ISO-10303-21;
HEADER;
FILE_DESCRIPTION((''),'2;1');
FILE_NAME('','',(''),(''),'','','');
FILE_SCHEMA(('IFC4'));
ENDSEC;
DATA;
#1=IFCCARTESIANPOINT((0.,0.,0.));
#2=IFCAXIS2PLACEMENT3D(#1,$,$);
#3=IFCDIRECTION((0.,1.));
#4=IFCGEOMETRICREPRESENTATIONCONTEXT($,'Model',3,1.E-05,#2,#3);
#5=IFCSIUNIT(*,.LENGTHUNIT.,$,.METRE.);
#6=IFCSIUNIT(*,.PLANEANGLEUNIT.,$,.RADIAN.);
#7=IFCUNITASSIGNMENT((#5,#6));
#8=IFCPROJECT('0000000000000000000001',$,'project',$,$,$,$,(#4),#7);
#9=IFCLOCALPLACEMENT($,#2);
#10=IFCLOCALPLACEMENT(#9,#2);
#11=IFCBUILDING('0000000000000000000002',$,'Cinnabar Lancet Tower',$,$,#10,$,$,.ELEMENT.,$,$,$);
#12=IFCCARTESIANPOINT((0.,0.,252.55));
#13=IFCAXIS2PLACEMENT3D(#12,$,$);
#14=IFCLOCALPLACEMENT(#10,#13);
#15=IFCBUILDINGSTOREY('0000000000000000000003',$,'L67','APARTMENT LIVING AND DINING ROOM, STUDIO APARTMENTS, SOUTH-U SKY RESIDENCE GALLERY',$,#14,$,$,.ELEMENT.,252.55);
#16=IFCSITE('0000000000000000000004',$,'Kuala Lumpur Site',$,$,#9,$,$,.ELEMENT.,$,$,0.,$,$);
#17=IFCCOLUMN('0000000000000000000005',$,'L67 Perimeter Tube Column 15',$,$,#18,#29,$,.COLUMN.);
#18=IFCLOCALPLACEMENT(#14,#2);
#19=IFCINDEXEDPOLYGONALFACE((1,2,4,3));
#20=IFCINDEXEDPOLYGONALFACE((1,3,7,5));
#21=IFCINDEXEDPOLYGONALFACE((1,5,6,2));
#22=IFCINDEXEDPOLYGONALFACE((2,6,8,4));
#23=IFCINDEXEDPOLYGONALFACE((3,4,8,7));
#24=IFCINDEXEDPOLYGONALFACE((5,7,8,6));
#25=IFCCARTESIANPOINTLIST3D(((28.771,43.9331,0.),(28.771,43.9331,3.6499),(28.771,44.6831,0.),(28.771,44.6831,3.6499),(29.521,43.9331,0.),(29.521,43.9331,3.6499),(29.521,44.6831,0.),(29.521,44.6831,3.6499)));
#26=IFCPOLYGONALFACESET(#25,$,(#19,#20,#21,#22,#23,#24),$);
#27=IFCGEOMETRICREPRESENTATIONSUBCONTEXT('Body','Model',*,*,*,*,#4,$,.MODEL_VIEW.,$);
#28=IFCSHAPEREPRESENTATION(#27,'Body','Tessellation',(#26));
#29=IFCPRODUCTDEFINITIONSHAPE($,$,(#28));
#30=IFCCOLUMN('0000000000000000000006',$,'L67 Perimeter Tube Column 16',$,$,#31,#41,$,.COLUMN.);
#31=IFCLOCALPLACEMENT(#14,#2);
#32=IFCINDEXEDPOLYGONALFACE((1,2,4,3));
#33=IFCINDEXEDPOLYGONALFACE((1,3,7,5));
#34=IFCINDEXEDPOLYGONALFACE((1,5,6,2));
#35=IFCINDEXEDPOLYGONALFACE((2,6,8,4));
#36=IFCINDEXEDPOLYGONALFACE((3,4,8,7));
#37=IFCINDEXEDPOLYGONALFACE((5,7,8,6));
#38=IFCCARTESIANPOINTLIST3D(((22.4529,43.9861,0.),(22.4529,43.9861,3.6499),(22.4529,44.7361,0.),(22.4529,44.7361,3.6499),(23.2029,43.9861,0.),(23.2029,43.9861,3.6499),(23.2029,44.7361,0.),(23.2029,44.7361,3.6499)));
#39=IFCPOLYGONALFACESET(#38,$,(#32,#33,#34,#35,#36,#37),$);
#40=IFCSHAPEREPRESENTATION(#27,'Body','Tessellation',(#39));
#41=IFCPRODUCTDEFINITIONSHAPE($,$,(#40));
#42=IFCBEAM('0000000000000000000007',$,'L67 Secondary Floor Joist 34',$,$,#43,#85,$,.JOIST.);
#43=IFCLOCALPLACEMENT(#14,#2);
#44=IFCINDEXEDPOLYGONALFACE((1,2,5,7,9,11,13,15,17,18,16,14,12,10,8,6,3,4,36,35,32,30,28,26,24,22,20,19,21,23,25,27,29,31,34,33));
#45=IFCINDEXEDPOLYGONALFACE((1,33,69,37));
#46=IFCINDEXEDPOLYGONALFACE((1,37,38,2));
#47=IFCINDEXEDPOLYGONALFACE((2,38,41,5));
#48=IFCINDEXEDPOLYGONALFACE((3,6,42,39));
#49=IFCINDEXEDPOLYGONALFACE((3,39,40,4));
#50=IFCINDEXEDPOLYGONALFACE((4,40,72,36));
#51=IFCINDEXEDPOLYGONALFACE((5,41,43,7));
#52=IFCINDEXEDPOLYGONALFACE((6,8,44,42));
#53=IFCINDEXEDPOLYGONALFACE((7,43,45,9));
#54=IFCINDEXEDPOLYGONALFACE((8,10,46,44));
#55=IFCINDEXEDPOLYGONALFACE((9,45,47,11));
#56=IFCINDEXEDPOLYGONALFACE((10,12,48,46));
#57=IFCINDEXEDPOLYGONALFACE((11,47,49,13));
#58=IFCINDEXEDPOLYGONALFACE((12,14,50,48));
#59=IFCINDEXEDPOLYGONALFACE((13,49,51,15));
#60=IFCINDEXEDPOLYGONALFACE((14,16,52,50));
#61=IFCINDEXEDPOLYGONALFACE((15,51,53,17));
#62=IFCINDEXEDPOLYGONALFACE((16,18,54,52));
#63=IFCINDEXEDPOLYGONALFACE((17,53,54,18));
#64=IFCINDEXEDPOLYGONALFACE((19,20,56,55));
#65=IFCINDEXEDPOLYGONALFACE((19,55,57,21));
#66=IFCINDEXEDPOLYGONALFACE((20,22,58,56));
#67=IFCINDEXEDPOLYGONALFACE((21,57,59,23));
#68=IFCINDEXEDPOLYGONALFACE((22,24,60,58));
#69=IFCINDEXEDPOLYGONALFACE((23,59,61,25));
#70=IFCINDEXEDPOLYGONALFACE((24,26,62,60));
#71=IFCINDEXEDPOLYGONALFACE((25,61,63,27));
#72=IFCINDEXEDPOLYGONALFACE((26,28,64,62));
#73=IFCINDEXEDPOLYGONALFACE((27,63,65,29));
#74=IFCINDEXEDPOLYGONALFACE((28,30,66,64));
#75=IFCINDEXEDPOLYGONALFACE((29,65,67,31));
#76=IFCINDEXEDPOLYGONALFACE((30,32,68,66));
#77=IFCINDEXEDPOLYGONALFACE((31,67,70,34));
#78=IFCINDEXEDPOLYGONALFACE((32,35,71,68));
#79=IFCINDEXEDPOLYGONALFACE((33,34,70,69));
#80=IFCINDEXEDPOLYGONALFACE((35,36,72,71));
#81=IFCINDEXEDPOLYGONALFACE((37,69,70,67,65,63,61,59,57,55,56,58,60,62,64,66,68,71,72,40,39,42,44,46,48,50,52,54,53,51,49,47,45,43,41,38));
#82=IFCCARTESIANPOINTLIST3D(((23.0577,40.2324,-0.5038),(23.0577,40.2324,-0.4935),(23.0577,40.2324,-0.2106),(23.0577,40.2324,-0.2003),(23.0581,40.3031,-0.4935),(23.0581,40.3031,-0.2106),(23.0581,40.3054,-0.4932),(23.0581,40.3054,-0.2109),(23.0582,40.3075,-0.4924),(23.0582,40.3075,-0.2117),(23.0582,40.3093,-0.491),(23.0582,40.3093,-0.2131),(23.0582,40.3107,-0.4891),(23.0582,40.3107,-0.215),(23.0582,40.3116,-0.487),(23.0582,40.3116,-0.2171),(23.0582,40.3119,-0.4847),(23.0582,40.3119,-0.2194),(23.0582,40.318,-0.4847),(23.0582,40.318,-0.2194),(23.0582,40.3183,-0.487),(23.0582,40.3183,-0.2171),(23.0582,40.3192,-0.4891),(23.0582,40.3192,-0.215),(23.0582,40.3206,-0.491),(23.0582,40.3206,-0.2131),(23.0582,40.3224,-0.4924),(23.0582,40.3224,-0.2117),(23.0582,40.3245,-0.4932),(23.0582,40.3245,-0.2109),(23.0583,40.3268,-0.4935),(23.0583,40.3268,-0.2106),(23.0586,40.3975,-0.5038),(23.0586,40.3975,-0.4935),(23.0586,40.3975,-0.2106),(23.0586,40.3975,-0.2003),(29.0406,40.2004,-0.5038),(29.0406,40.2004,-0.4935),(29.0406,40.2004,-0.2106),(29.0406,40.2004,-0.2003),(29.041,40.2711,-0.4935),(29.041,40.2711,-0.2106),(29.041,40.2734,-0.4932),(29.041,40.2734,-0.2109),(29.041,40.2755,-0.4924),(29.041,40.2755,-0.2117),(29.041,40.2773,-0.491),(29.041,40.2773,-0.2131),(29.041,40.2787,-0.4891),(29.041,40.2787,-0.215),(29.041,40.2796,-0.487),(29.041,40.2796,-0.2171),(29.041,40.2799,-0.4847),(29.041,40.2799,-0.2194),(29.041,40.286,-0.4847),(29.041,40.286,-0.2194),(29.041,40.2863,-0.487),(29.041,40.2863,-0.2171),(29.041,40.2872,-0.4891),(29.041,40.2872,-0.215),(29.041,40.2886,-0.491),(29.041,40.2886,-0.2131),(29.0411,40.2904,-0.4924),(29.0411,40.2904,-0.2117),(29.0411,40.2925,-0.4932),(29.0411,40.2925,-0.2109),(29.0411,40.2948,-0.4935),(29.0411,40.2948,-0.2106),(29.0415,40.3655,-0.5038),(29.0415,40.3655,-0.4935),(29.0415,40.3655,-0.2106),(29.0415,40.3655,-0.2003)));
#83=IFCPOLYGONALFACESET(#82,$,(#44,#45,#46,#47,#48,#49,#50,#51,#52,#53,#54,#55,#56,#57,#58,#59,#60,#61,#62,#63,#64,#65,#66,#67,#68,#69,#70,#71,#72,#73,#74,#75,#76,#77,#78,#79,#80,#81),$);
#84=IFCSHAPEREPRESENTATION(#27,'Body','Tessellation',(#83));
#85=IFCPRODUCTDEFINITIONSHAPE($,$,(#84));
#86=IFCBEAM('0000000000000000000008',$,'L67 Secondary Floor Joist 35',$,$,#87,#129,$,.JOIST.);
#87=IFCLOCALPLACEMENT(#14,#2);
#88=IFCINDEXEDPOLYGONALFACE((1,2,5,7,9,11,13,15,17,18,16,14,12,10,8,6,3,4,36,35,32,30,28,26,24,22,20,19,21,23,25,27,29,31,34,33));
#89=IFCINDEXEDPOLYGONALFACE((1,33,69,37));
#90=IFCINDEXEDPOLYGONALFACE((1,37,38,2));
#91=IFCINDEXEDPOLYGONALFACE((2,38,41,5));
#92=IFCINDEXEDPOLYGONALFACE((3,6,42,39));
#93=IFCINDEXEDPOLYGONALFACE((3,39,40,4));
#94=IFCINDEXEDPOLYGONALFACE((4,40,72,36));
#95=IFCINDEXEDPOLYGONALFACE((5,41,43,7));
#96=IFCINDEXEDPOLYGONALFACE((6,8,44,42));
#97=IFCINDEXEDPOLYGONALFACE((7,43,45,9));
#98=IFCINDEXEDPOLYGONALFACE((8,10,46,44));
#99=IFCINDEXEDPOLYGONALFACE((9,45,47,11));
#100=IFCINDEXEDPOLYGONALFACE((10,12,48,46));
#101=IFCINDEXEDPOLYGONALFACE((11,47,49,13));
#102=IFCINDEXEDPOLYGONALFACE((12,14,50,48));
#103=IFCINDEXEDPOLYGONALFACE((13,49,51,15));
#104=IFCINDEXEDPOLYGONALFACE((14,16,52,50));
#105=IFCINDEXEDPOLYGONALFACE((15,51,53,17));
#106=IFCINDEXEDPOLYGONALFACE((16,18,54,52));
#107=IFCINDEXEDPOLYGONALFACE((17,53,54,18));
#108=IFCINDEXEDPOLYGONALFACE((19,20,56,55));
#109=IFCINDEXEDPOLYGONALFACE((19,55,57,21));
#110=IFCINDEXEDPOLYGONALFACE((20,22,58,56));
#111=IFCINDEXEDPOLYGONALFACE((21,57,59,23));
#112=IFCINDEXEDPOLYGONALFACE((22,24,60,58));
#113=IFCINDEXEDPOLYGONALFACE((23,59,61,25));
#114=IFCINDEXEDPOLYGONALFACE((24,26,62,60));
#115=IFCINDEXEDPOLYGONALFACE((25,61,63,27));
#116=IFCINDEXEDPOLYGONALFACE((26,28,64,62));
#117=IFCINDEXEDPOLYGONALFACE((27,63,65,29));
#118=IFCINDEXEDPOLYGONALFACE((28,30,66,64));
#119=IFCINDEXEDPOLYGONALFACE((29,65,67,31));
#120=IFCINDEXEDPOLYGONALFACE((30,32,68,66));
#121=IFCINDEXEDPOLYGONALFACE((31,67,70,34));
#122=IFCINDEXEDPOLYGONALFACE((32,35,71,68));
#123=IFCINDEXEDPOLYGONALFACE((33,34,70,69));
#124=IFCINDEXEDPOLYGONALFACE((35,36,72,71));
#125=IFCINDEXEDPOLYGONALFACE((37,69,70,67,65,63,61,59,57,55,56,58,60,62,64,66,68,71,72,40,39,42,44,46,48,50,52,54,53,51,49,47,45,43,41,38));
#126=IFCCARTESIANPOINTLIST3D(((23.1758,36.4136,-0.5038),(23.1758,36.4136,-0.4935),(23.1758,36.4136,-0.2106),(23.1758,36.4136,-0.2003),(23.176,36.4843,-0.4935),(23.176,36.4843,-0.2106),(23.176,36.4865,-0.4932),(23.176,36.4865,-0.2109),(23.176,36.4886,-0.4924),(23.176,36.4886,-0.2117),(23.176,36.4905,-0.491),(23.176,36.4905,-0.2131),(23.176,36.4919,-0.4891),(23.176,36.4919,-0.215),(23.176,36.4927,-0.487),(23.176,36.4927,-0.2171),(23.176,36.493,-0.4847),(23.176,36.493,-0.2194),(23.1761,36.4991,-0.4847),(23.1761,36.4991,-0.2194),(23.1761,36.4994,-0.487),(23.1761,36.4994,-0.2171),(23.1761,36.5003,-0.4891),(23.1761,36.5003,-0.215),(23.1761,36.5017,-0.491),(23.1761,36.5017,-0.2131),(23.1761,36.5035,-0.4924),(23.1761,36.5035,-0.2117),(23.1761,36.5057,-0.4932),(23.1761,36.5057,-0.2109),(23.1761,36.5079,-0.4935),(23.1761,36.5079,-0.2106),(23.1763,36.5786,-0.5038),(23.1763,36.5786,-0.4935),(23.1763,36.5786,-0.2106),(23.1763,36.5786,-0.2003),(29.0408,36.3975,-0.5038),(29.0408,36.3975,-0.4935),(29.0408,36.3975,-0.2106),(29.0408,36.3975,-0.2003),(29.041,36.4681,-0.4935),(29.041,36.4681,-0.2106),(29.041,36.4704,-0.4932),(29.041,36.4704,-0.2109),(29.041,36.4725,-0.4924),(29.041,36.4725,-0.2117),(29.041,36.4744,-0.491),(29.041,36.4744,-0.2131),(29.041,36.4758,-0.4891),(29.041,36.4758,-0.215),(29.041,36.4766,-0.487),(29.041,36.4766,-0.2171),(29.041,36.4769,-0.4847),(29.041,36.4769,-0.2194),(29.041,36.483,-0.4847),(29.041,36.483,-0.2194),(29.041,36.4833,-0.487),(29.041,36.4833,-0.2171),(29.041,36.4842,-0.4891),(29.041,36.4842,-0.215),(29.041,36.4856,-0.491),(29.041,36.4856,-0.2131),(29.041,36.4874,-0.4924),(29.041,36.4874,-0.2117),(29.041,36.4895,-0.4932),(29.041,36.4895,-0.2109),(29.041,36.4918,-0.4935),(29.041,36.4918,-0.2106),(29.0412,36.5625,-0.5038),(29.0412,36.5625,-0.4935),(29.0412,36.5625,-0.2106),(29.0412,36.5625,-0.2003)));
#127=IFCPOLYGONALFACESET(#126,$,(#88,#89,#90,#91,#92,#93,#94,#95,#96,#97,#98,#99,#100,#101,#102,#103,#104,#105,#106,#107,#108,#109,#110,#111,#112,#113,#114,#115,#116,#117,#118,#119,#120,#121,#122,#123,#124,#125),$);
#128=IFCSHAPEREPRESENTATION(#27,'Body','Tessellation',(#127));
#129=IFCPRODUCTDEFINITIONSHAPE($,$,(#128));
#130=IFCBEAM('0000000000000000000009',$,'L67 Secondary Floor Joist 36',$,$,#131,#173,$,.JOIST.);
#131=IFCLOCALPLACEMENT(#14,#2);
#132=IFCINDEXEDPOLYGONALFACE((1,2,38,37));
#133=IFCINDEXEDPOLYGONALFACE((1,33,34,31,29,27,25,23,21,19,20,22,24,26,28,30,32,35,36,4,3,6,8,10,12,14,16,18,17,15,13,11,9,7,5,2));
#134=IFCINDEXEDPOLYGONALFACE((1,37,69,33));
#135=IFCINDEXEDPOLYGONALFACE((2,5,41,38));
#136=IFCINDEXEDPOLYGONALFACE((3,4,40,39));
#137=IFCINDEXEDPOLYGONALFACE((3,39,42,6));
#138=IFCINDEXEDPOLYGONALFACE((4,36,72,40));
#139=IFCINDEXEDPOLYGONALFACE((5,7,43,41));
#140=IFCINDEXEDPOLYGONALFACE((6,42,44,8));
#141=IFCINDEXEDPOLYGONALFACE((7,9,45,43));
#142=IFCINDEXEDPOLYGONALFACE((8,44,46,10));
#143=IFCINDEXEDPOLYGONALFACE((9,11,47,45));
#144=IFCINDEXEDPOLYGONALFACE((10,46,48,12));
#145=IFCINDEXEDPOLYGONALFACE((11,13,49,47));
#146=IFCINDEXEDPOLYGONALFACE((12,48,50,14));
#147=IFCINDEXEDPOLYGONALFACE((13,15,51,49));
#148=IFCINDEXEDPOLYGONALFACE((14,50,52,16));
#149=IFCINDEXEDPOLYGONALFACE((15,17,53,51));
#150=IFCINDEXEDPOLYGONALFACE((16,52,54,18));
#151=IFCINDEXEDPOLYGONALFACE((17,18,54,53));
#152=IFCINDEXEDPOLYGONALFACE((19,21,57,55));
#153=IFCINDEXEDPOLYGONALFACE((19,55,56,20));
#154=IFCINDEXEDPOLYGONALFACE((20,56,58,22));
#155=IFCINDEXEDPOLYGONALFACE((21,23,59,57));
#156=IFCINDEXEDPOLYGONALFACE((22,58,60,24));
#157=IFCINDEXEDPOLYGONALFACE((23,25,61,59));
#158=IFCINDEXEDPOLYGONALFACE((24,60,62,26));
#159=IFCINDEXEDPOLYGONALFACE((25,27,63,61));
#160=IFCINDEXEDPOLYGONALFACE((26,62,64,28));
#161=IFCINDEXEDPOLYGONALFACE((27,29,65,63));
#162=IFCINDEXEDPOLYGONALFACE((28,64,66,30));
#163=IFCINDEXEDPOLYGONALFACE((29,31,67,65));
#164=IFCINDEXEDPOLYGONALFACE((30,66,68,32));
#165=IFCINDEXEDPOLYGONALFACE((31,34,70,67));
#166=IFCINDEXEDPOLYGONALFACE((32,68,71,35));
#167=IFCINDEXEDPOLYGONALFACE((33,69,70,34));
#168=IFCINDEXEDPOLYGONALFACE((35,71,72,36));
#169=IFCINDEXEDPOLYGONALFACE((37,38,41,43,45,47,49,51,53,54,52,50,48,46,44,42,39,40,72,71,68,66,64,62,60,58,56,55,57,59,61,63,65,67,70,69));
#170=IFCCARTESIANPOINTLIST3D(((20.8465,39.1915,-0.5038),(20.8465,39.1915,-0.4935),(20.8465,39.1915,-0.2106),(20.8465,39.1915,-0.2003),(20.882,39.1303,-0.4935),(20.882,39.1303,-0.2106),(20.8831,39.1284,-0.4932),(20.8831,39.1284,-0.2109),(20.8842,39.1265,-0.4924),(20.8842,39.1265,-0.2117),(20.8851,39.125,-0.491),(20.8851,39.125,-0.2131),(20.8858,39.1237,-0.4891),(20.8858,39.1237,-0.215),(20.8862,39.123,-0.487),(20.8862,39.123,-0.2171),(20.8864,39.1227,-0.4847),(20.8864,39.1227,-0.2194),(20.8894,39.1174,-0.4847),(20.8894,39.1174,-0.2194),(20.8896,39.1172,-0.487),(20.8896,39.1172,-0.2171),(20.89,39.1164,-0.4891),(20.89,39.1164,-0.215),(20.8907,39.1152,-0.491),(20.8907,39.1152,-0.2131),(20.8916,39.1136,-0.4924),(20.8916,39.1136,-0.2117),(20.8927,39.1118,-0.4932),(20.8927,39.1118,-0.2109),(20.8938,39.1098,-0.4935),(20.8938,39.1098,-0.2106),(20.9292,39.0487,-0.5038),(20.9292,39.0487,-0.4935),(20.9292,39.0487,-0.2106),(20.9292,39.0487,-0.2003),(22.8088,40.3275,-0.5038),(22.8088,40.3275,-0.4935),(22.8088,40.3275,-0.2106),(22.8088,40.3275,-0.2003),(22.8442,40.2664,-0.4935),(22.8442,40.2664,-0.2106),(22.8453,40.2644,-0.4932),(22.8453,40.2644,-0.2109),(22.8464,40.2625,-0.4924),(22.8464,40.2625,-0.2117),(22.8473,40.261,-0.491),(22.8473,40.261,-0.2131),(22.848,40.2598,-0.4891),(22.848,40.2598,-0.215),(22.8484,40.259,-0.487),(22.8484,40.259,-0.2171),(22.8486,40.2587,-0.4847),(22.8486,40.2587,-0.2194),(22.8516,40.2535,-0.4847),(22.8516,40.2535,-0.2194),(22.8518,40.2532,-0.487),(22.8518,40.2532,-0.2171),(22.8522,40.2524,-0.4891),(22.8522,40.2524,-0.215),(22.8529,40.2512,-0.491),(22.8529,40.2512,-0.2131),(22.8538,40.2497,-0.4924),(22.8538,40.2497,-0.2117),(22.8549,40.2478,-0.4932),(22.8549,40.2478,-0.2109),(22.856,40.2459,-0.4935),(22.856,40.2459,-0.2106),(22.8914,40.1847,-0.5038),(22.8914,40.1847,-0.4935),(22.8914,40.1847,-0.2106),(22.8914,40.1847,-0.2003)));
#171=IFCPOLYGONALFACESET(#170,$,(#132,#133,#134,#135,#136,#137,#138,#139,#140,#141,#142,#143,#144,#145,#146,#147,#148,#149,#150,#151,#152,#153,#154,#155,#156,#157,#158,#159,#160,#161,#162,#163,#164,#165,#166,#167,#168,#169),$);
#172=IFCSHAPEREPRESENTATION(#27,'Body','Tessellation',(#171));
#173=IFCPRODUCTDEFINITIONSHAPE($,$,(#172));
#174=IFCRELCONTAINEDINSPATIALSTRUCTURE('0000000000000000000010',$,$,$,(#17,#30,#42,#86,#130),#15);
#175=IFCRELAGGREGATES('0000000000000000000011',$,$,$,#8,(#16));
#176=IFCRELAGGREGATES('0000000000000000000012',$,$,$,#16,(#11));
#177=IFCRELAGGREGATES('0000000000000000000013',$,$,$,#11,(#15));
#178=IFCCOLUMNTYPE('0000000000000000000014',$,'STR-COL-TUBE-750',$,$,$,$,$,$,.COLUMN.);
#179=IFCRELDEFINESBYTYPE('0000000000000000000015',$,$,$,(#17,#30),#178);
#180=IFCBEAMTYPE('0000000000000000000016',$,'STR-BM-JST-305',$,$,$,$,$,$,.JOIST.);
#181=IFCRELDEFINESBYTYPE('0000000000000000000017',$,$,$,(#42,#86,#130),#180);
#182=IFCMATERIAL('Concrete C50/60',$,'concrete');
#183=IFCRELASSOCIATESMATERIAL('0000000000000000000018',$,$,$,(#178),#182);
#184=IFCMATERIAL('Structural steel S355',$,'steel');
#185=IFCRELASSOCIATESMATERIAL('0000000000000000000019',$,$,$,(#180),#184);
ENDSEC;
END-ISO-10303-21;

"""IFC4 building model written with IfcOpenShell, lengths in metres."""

from ifc_helpers import new_model, si_unit, direction, frame, origin, origin_2d, place, context, subcontext, project, spatial, rectangle, i_section, extrude, material, material_profile, profile_set, type_object, element, save


model = new_model("IFC4")

# Units and contexts
model_context = context("Model", 3, precision=1e-05, world=origin(), true_north=direction((0.0, 1.0)))
body_context = subcontext(model_context, "Body", "Model", "MODEL_VIEW")
ifc_project = project(units=[si_unit("LENGTHUNIT", "METRE"), si_unit("PLANEANGLEUNIT", "RADIAN")], contexts=[model_context])

# Site, building, storey
site_placement = place(None, origin())
site = spatial("IfcSite", under=ifc_project, at=site_placement, Name="Kuala Lumpur Site", CompositionType="ELEMENT", RefElevation=0.0)
building_placement = place(site_placement, origin())
building = spatial("IfcBuilding", under=site, at=building_placement, Name="Cinnabar Lancet Tower", CompositionType="ELEMENT")
storey_placement = place(building_placement, frame((0.0, 0.0, 252.55)))
storey = spatial("IfcBuildingStorey", under=building, at=storey_placement, Name="L67", Description="APARTMENT LIVING AND DINING ROOM, STUDIO APARTMENTS, SOUTH-U SKY RESIDENCE GALLERY", CompositionType="ELEMENT", Elevation=252.55)

# Columns
ifc_material_1 = material(Name="Concrete C50/60", Category="concrete")
ifc_material_profile_1 = material_profile(ifc_material_1, rectangle(XDim=0.75, YDim=0.75, at=origin_2d()), Name="RC-COL 750x750")
ifc_profile_set_1 = profile_set([ifc_material_profile_1], Name="Concrete C50/60")
column_type = type_object("IfcColumnType", Name="STR-COL-TUBE-750", PredefinedType="COLUMN", material=ifc_profile_set_1)
for number, where, z_axis, x_axis, name in (
    (1, (29.146, 44.3081, 0.0), (0.0, 0.0, 1.0), (1.0, 0.0, 0.0), "L67 Perimeter Tube Column 15"),
    (2, (22.8279, 44.3611, 0.0), (0.0, 0.0, 1.0), (1.0, 0.0, 0.0), "L67 Perimeter Tube Column 16"),
):
    element("IfcColumn", number, at=place(storey_placement, frame(where, z_axis=z_axis, x_axis=x_axis)), inside=storey, type_object=column_type, Name=name, PredefinedType="COLUMN", context=body_context, shape_type="SweptSolid", body=[
        extrude(rectangle(XDim=0.75, YDim=0.75, at=origin_2d()), origin(), (0.0, 0.0, 1.0), 3.6499),
    ])

# Beams
ifc_material_2 = material(Name="Structural steel S355", Category="steel")
ifc_material_profile_2 = material_profile(ifc_material_2, i_section(OverallWidth=0.165, OverallDepth=0.3035, WebThickness=0.0061, FlangeThickness=0.0103, FilletRadius=0.0088, at=origin_2d()), Name="UKB 305x165x40")
ifc_profile_set_2 = profile_set([ifc_material_profile_2], Name="Structural steel S355")
beam_type_1 = type_object("IfcBeamType", Name="STR-BM-JST-305", PredefinedType="JOIST", material=ifc_profile_set_2)
beam_1_placement = place(storey_placement, frame((29.041, 40.283, -0.3521), z_axis=(-0.999986, 0.005346, 0.0), x_axis=(-0.005346, -0.999986, 0.0)))
element("IfcBeam", 3, at=beam_1_placement, inside=storey, type_object=beam_type_1, Name="L67 Secondary Floor Joist 34", PredefinedType="JOIST", context=body_context, shape_type="SweptSolid", body=[
    extrude(i_section(OverallWidth=0.165, OverallDepth=0.3035, WebThickness=0.0061, FlangeThickness=0.0103, FilletRadius=0.0088, at=origin_2d()), origin(), (0.0, 0.0, 1.0), 5.9829),
])
beam_2_placement = place(storey_placement, frame((29.041, 36.48, -0.3521), z_axis=(-0.999996, 0.002747, 0.0), x_axis=(-0.002747, -0.999996, 0.0)))
element("IfcBeam", 4, at=beam_2_placement, inside=storey, type_object=beam_type_1, Name="L67 Secondary Floor Joist 35", PredefinedType="JOIST", context=body_context, shape_type="SweptSolid", body=[
    extrude(i_section(OverallWidth=0.165, OverallDepth=0.3035, WebThickness=0.0061, FlangeThickness=0.0103, FilletRadius=0.0088, at=origin_2d()), origin(), (0.0, 0.0, 1.0), 5.865),
])
beam_3_placement = place(storey_placement, frame((22.8501, 40.2561, -0.3521), z_axis=(-0.865426, -0.501036, 0.0), x_axis=(0.501036, -0.865426, 0.0)))
element("IfcBeam", 5, at=beam_3_placement, inside=storey, type_object=beam_type_1, Name="L67 Secondary Floor Joist 36", PredefinedType="JOIST", context=body_context, shape_type="SweptSolid", body=[
    extrude(i_section(OverallWidth=0.165, OverallDepth=0.3035, WebThickness=0.0061, FlangeThickness=0.0103, FilletRadius=0.0088, at=origin_2d()), origin(), (0.0, 0.0, 1.0), 2.2673),
])

save(model, "model.ifc")
